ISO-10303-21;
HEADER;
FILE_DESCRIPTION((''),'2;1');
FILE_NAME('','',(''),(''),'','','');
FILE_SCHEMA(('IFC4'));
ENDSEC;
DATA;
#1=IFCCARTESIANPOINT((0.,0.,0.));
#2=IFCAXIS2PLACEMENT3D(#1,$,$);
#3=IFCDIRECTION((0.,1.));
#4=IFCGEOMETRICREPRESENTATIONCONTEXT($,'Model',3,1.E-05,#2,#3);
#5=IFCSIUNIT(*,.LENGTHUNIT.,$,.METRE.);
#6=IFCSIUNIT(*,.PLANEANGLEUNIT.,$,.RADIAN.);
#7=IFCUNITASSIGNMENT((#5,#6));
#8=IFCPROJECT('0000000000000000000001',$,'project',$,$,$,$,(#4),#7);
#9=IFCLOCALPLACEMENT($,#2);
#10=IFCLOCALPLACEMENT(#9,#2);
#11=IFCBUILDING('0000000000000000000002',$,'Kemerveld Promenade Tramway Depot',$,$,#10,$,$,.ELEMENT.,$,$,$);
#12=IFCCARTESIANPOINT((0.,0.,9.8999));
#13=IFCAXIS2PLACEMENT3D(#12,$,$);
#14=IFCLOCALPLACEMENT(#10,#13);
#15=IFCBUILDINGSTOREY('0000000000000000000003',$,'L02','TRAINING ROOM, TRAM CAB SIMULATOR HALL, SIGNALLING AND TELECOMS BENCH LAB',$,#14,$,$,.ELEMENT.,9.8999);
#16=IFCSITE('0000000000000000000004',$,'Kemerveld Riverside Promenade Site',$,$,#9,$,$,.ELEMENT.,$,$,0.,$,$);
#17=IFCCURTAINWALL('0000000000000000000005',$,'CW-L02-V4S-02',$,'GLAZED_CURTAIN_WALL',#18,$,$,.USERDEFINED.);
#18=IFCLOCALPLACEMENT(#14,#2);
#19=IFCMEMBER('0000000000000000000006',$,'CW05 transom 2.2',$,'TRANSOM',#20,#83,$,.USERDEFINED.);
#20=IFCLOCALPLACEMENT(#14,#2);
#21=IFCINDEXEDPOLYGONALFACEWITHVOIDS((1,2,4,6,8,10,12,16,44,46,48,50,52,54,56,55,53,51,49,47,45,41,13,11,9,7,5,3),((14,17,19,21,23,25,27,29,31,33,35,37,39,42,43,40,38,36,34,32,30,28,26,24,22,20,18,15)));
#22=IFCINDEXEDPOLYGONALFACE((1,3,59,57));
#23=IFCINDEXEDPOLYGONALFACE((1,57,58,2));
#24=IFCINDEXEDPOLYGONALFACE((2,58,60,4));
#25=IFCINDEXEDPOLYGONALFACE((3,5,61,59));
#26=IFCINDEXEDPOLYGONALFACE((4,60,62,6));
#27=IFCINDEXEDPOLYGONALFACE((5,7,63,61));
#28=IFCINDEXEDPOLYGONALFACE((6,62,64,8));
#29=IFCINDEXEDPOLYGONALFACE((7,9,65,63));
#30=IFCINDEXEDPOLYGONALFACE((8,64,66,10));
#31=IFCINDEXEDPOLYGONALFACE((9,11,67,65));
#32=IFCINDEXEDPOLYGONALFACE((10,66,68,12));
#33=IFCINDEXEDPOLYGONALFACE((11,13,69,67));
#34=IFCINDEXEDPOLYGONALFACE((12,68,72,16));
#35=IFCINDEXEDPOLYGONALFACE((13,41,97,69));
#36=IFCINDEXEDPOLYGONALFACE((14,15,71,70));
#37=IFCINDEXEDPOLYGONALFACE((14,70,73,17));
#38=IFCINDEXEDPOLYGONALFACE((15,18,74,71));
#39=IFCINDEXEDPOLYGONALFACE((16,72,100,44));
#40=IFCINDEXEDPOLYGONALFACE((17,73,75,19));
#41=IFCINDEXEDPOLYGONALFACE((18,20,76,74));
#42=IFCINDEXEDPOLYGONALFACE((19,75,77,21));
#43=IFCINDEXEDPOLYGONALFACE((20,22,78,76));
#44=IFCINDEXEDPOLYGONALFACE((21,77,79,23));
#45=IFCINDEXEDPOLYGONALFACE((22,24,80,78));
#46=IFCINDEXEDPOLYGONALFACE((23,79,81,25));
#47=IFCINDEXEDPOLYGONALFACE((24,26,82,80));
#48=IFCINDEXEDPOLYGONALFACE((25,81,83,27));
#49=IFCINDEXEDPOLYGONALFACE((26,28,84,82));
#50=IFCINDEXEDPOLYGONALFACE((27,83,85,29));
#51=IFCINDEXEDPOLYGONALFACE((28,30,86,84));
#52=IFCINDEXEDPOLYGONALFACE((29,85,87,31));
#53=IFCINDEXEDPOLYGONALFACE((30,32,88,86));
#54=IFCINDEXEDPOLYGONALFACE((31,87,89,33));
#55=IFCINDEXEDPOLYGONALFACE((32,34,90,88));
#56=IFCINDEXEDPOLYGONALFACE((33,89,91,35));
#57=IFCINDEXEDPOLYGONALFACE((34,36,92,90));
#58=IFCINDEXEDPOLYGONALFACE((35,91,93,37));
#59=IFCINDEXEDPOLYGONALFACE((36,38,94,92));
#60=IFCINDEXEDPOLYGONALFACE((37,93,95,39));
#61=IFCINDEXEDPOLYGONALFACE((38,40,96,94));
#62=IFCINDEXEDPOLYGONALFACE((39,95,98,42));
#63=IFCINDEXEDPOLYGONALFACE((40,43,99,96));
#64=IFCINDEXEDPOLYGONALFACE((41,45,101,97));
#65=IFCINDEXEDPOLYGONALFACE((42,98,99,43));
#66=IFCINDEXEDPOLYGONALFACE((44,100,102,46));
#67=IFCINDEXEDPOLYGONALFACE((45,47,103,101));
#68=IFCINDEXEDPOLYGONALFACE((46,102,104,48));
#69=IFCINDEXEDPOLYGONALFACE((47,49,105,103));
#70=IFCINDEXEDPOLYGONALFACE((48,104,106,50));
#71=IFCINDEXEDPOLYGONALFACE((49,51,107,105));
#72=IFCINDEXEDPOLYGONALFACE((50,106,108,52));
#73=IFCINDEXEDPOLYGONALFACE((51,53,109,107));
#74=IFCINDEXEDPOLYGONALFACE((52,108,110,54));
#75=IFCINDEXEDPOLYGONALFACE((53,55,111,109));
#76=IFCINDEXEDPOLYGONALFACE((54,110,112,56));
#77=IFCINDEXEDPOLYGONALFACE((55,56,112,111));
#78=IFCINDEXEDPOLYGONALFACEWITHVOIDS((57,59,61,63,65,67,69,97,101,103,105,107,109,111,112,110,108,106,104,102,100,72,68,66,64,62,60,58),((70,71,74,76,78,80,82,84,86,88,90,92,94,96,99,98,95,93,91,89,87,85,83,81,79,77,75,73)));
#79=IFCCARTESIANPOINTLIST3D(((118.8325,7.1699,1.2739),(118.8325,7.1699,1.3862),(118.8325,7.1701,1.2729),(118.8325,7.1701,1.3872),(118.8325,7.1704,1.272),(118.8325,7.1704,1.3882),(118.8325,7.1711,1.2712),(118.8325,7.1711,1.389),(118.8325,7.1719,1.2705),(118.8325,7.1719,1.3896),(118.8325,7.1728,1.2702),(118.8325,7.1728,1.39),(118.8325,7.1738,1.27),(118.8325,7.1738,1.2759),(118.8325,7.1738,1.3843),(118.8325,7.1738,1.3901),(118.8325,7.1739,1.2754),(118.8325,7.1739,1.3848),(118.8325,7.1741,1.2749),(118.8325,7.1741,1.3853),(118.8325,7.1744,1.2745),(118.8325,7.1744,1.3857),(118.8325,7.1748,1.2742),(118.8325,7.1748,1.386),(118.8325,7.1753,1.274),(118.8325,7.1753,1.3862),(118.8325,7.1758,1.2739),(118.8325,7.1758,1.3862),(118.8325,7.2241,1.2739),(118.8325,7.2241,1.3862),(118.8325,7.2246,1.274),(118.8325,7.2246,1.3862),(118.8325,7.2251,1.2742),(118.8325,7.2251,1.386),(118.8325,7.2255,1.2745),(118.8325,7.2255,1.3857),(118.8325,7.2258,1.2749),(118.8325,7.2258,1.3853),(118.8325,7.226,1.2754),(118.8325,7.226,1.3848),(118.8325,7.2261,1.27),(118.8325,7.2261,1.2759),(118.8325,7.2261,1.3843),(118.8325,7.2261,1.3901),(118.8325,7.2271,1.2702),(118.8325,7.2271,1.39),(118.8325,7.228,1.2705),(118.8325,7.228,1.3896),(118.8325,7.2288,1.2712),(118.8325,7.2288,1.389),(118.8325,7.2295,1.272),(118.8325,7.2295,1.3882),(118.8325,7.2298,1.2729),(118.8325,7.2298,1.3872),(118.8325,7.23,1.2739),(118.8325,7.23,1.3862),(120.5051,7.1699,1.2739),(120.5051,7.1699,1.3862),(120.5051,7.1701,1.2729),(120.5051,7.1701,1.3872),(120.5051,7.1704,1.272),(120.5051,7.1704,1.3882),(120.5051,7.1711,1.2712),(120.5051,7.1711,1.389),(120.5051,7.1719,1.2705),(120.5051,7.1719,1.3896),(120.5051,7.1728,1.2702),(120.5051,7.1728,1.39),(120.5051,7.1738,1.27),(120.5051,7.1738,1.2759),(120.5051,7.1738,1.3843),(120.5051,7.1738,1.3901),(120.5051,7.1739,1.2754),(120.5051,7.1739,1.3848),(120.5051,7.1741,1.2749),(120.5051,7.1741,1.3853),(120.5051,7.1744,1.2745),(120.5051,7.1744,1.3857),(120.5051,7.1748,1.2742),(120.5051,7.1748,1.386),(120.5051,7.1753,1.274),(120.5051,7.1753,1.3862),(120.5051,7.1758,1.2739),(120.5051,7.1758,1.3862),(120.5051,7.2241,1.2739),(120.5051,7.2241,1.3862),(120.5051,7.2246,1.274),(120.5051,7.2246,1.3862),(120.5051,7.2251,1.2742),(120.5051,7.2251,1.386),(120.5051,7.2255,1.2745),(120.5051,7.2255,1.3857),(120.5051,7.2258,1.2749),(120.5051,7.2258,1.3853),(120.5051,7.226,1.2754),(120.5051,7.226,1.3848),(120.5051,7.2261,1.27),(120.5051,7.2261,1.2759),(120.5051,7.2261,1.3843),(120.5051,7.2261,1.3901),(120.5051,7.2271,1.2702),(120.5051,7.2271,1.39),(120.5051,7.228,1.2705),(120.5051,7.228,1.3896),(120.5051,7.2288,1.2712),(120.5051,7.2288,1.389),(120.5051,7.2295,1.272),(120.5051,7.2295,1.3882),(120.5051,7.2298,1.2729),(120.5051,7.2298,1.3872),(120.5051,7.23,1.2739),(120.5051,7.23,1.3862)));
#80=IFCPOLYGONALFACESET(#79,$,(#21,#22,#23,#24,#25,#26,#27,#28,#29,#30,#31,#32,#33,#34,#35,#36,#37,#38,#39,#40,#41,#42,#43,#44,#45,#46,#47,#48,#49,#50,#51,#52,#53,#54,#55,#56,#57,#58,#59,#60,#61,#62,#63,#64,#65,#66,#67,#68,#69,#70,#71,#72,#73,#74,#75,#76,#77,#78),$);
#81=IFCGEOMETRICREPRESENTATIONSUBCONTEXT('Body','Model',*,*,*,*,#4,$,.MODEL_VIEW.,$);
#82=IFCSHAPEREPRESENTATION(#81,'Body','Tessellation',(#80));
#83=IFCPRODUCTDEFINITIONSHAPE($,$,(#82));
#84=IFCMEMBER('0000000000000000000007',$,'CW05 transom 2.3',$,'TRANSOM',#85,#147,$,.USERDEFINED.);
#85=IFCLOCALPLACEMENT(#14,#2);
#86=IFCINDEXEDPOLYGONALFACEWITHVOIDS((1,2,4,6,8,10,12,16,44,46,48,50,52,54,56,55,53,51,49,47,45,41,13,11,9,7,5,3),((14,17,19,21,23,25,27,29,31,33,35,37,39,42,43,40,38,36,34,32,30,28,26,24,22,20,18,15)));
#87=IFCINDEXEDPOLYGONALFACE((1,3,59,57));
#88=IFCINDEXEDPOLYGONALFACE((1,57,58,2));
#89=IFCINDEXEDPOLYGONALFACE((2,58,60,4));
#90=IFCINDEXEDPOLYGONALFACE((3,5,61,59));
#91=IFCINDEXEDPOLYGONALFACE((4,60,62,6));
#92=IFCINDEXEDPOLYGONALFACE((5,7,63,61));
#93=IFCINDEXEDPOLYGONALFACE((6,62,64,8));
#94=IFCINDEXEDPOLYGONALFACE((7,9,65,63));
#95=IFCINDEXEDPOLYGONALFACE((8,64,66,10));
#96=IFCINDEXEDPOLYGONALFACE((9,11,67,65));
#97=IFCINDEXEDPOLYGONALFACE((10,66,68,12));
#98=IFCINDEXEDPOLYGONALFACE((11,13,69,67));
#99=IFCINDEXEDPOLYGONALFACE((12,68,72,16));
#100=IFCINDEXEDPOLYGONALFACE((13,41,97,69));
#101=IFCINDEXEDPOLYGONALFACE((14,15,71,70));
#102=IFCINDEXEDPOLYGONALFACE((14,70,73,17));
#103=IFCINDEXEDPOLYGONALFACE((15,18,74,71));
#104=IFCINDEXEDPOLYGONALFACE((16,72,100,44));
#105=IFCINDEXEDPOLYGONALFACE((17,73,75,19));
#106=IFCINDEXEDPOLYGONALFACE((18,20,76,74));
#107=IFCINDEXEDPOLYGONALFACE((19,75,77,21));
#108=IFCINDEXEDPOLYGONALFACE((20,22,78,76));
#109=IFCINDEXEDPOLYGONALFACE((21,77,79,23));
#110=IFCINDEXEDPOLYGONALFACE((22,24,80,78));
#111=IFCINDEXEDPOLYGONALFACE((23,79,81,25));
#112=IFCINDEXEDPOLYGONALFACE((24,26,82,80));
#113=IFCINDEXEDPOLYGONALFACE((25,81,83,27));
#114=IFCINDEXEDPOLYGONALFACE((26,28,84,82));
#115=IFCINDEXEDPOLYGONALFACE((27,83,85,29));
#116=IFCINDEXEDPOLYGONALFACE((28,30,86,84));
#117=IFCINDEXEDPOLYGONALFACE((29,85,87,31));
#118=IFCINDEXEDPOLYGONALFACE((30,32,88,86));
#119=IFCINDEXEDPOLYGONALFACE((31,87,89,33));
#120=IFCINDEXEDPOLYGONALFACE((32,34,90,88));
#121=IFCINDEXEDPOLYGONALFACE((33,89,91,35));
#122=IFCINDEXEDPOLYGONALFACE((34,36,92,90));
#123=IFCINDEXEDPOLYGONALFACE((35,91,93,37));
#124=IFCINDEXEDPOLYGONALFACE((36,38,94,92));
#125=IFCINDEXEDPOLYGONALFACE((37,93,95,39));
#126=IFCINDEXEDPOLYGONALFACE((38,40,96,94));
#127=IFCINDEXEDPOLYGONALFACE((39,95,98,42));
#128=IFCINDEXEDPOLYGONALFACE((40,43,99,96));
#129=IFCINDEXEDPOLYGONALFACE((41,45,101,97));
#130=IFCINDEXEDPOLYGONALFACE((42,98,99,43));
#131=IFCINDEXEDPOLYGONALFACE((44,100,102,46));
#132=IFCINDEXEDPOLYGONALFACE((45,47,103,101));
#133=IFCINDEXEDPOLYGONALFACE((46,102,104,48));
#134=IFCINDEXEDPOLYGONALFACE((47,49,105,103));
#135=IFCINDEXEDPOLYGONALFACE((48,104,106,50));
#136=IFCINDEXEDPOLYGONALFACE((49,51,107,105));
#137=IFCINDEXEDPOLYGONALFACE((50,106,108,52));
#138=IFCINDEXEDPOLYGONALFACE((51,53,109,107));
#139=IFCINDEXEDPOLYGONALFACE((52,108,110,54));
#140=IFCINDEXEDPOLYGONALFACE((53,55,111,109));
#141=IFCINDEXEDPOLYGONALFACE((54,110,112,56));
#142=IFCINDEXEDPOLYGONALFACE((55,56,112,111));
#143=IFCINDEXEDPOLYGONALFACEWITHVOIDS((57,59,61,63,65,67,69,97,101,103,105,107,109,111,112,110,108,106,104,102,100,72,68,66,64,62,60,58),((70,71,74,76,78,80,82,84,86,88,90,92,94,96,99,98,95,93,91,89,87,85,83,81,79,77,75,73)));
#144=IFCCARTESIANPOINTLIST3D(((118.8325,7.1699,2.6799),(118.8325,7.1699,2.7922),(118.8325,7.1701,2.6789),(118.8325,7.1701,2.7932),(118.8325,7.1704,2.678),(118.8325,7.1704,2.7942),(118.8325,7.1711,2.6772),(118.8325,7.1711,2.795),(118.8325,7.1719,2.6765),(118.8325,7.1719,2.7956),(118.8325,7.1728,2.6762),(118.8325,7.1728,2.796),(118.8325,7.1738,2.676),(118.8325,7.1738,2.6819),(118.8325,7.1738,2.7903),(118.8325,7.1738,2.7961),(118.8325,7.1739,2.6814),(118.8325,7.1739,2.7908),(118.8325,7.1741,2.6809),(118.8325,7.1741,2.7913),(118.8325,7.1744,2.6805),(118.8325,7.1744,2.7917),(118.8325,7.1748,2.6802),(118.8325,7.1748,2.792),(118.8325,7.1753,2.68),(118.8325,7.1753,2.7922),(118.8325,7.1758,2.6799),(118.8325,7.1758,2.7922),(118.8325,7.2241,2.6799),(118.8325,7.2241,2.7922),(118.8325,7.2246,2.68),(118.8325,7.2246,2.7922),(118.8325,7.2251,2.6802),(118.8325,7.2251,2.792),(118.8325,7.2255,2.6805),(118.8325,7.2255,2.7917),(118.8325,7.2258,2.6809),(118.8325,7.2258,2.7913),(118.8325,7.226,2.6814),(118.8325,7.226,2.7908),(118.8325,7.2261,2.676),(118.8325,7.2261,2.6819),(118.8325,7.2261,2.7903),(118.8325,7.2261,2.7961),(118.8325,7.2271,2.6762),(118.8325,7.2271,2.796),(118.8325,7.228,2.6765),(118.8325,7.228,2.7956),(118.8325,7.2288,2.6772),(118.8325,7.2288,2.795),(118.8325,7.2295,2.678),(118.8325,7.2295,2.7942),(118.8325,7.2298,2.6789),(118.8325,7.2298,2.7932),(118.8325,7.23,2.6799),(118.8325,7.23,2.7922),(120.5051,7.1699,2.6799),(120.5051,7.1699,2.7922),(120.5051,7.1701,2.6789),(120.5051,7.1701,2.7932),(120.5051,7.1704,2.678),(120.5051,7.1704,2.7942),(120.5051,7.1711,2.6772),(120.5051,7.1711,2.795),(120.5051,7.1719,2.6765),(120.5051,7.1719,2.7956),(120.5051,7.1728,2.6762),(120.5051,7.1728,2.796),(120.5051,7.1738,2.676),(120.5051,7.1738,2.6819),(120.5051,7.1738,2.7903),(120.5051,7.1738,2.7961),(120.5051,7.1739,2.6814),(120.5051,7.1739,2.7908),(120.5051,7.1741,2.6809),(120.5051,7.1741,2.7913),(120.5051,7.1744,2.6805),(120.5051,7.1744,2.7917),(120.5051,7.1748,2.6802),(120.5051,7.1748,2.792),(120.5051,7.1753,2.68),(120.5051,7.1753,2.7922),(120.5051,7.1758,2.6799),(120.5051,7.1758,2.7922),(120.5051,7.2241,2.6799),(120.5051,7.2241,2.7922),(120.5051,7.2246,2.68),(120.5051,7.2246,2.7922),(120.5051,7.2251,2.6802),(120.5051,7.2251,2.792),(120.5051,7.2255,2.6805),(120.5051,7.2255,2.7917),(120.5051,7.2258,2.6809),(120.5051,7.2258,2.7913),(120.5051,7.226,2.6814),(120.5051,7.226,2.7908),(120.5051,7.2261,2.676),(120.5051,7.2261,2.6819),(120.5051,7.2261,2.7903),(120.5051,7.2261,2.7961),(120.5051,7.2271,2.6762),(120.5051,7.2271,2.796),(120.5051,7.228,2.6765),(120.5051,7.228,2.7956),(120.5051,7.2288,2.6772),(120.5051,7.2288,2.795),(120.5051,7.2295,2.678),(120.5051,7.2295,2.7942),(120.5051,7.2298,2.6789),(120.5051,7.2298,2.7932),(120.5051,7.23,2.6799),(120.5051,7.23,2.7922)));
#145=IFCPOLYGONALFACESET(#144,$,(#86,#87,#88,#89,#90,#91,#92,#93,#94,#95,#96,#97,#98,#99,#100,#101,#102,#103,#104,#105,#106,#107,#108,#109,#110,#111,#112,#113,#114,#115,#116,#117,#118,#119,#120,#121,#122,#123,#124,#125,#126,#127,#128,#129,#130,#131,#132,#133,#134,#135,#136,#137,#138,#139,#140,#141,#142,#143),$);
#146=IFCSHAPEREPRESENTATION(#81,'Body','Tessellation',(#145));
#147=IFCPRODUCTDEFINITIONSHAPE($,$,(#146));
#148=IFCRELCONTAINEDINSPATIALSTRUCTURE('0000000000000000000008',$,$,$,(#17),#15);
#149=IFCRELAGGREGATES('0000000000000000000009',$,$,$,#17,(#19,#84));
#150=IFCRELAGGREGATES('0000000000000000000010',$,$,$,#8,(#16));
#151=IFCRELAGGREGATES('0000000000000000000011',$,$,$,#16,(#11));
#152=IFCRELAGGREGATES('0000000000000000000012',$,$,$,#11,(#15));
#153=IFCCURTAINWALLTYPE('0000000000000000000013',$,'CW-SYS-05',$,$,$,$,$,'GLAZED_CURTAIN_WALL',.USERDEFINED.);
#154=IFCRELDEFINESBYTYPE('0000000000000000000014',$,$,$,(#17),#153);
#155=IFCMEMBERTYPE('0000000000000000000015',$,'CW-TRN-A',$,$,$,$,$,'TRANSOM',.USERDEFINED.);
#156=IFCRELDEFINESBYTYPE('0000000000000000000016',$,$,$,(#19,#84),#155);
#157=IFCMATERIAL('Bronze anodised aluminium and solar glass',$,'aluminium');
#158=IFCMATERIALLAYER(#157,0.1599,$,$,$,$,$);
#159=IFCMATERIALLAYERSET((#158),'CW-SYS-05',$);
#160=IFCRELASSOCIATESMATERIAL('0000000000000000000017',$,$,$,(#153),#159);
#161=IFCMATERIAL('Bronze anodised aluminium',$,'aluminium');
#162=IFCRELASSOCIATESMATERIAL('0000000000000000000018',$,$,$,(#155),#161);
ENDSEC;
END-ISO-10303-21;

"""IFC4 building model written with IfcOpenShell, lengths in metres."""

from ifc_helpers import new_model, si_unit, direction, frame, origin, origin_2d, place, context, subcontext, project, spatial, hollow_rectangle, extrude, material, layer, layer_set, material_profile, profile_set, type_object, element, aggregate, save


model = new_model("IFC4")

# Units and contexts
model_context = context("Model", 3, precision=1e-05, world=origin(), true_north=direction((0.0, 1.0)))
body_context = subcontext(model_context, "Body", "Model", "MODEL_VIEW")
ifc_project = project(units=[si_unit("LENGTHUNIT", "METRE"), si_unit("PLANEANGLEUNIT", "RADIAN")], contexts=[model_context])

# Site, building, storey
site_placement = place(None, origin())
site = spatial("IfcSite", under=ifc_project, at=site_placement, Name="Kemerveld Riverside Promenade Site", CompositionType="ELEMENT", RefElevation=0.0)
building_placement = place(site_placement, origin())
building = spatial("IfcBuilding", under=site, at=building_placement, Name="Kemerveld Promenade Tramway Depot", CompositionType="ELEMENT")
storey_placement = place(building_placement, frame((0.0, 0.0, 9.8999)))
storey = spatial("IfcBuildingStorey", under=building, at=storey_placement, Name="L02", Description="TRAINING ROOM, TRAM CAB SIMULATOR HALL, SIGNALLING AND TELECOMS BENCH LAB", CompositionType="ELEMENT", Elevation=9.8999)

# Curtain wall, members
ifc_material_1 = material(Name="Bronze anodised aluminium and solar glass", Category="aluminium")
ifc_layer_1 = layer(ifc_material_1, 0.1599)
ifc_layer_set_1 = layer_set([ifc_layer_1], Name="CW-SYS-05")
curtain_wall_type = type_object("IfcCurtainWallType", Name="CW-SYS-05", ElementType="GLAZED_CURTAIN_WALL", PredefinedType="USERDEFINED", material=ifc_layer_set_1)
curtain_wall_placement = place(storey_placement, origin())
curtain_wall = element("IfcCurtainWall", 1, at=curtain_wall_placement, inside=storey, type_object=curtain_wall_type, Name="CW-L02-V4S-02", ObjectType="GLAZED_CURTAIN_WALL", PredefinedType="USERDEFINED")
ifc_material_2 = material(Name="Bronze anodised aluminium", Category="aluminium")
ifc_material_profile_1 = material_profile(ifc_material_2, hollow_rectangle(XDim=0.0601, YDim=0.1201, WallThickness=0.0039, InnerFilletRadius=0.002, OuterFilletRadius=0.0039, at=origin_2d()), Name="CW-TRN-120x60")
ifc_profile_set_1 = profile_set([ifc_material_profile_1], Name="Bronze anodised aluminium")
member_type_1 = type_object("IfcMemberType", Name="CW-TRN-A", ElementType="TRANSOM", PredefinedType="USERDEFINED", material=ifc_profile_set_1)
member_1_placement = place(storey_placement, frame((120.5051, 7.2, 1.3301), z_axis=(-1.0, 0.0, 0.0), x_axis=(0.0, -1.0, 0.0)))
member_1 = element("IfcMember", 2, at=member_1_placement, type_object=member_type_1, Name="CW05 transom 2.2", ObjectType="TRANSOM", PredefinedType="USERDEFINED", context=body_context, shape_type="SweptSolid", body=[
    extrude(hollow_rectangle(XDim=0.0601, YDim=0.1201, WallThickness=0.0039, InnerFilletRadius=0.002, OuterFilletRadius=0.0039, at=origin_2d()), origin(), (0.0, 0.0, 1.0), 1.6726),
])
member_2_placement = place(storey_placement, frame((120.5051, 7.2, 2.7361), z_axis=(-1.0, 0.0, 0.0), x_axis=(0.0, -1.0, 0.0)))
member_2 = element("IfcMember", 3, at=member_2_placement, type_object=member_type_1, Name="CW05 transom 2.3", ObjectType="TRANSOM", PredefinedType="USERDEFINED", context=body_context, shape_type="SweptSolid", body=[
    extrude(hollow_rectangle(XDim=0.0601, YDim=0.1201, WallThickness=0.0039, InnerFilletRadius=0.002, OuterFilletRadius=0.0039, at=origin_2d()), origin(), (0.0, 0.0, 1.0), 1.6726),
])
aggregate(curtain_wall, [member_1, member_2])

save(model, "model.ifc")
